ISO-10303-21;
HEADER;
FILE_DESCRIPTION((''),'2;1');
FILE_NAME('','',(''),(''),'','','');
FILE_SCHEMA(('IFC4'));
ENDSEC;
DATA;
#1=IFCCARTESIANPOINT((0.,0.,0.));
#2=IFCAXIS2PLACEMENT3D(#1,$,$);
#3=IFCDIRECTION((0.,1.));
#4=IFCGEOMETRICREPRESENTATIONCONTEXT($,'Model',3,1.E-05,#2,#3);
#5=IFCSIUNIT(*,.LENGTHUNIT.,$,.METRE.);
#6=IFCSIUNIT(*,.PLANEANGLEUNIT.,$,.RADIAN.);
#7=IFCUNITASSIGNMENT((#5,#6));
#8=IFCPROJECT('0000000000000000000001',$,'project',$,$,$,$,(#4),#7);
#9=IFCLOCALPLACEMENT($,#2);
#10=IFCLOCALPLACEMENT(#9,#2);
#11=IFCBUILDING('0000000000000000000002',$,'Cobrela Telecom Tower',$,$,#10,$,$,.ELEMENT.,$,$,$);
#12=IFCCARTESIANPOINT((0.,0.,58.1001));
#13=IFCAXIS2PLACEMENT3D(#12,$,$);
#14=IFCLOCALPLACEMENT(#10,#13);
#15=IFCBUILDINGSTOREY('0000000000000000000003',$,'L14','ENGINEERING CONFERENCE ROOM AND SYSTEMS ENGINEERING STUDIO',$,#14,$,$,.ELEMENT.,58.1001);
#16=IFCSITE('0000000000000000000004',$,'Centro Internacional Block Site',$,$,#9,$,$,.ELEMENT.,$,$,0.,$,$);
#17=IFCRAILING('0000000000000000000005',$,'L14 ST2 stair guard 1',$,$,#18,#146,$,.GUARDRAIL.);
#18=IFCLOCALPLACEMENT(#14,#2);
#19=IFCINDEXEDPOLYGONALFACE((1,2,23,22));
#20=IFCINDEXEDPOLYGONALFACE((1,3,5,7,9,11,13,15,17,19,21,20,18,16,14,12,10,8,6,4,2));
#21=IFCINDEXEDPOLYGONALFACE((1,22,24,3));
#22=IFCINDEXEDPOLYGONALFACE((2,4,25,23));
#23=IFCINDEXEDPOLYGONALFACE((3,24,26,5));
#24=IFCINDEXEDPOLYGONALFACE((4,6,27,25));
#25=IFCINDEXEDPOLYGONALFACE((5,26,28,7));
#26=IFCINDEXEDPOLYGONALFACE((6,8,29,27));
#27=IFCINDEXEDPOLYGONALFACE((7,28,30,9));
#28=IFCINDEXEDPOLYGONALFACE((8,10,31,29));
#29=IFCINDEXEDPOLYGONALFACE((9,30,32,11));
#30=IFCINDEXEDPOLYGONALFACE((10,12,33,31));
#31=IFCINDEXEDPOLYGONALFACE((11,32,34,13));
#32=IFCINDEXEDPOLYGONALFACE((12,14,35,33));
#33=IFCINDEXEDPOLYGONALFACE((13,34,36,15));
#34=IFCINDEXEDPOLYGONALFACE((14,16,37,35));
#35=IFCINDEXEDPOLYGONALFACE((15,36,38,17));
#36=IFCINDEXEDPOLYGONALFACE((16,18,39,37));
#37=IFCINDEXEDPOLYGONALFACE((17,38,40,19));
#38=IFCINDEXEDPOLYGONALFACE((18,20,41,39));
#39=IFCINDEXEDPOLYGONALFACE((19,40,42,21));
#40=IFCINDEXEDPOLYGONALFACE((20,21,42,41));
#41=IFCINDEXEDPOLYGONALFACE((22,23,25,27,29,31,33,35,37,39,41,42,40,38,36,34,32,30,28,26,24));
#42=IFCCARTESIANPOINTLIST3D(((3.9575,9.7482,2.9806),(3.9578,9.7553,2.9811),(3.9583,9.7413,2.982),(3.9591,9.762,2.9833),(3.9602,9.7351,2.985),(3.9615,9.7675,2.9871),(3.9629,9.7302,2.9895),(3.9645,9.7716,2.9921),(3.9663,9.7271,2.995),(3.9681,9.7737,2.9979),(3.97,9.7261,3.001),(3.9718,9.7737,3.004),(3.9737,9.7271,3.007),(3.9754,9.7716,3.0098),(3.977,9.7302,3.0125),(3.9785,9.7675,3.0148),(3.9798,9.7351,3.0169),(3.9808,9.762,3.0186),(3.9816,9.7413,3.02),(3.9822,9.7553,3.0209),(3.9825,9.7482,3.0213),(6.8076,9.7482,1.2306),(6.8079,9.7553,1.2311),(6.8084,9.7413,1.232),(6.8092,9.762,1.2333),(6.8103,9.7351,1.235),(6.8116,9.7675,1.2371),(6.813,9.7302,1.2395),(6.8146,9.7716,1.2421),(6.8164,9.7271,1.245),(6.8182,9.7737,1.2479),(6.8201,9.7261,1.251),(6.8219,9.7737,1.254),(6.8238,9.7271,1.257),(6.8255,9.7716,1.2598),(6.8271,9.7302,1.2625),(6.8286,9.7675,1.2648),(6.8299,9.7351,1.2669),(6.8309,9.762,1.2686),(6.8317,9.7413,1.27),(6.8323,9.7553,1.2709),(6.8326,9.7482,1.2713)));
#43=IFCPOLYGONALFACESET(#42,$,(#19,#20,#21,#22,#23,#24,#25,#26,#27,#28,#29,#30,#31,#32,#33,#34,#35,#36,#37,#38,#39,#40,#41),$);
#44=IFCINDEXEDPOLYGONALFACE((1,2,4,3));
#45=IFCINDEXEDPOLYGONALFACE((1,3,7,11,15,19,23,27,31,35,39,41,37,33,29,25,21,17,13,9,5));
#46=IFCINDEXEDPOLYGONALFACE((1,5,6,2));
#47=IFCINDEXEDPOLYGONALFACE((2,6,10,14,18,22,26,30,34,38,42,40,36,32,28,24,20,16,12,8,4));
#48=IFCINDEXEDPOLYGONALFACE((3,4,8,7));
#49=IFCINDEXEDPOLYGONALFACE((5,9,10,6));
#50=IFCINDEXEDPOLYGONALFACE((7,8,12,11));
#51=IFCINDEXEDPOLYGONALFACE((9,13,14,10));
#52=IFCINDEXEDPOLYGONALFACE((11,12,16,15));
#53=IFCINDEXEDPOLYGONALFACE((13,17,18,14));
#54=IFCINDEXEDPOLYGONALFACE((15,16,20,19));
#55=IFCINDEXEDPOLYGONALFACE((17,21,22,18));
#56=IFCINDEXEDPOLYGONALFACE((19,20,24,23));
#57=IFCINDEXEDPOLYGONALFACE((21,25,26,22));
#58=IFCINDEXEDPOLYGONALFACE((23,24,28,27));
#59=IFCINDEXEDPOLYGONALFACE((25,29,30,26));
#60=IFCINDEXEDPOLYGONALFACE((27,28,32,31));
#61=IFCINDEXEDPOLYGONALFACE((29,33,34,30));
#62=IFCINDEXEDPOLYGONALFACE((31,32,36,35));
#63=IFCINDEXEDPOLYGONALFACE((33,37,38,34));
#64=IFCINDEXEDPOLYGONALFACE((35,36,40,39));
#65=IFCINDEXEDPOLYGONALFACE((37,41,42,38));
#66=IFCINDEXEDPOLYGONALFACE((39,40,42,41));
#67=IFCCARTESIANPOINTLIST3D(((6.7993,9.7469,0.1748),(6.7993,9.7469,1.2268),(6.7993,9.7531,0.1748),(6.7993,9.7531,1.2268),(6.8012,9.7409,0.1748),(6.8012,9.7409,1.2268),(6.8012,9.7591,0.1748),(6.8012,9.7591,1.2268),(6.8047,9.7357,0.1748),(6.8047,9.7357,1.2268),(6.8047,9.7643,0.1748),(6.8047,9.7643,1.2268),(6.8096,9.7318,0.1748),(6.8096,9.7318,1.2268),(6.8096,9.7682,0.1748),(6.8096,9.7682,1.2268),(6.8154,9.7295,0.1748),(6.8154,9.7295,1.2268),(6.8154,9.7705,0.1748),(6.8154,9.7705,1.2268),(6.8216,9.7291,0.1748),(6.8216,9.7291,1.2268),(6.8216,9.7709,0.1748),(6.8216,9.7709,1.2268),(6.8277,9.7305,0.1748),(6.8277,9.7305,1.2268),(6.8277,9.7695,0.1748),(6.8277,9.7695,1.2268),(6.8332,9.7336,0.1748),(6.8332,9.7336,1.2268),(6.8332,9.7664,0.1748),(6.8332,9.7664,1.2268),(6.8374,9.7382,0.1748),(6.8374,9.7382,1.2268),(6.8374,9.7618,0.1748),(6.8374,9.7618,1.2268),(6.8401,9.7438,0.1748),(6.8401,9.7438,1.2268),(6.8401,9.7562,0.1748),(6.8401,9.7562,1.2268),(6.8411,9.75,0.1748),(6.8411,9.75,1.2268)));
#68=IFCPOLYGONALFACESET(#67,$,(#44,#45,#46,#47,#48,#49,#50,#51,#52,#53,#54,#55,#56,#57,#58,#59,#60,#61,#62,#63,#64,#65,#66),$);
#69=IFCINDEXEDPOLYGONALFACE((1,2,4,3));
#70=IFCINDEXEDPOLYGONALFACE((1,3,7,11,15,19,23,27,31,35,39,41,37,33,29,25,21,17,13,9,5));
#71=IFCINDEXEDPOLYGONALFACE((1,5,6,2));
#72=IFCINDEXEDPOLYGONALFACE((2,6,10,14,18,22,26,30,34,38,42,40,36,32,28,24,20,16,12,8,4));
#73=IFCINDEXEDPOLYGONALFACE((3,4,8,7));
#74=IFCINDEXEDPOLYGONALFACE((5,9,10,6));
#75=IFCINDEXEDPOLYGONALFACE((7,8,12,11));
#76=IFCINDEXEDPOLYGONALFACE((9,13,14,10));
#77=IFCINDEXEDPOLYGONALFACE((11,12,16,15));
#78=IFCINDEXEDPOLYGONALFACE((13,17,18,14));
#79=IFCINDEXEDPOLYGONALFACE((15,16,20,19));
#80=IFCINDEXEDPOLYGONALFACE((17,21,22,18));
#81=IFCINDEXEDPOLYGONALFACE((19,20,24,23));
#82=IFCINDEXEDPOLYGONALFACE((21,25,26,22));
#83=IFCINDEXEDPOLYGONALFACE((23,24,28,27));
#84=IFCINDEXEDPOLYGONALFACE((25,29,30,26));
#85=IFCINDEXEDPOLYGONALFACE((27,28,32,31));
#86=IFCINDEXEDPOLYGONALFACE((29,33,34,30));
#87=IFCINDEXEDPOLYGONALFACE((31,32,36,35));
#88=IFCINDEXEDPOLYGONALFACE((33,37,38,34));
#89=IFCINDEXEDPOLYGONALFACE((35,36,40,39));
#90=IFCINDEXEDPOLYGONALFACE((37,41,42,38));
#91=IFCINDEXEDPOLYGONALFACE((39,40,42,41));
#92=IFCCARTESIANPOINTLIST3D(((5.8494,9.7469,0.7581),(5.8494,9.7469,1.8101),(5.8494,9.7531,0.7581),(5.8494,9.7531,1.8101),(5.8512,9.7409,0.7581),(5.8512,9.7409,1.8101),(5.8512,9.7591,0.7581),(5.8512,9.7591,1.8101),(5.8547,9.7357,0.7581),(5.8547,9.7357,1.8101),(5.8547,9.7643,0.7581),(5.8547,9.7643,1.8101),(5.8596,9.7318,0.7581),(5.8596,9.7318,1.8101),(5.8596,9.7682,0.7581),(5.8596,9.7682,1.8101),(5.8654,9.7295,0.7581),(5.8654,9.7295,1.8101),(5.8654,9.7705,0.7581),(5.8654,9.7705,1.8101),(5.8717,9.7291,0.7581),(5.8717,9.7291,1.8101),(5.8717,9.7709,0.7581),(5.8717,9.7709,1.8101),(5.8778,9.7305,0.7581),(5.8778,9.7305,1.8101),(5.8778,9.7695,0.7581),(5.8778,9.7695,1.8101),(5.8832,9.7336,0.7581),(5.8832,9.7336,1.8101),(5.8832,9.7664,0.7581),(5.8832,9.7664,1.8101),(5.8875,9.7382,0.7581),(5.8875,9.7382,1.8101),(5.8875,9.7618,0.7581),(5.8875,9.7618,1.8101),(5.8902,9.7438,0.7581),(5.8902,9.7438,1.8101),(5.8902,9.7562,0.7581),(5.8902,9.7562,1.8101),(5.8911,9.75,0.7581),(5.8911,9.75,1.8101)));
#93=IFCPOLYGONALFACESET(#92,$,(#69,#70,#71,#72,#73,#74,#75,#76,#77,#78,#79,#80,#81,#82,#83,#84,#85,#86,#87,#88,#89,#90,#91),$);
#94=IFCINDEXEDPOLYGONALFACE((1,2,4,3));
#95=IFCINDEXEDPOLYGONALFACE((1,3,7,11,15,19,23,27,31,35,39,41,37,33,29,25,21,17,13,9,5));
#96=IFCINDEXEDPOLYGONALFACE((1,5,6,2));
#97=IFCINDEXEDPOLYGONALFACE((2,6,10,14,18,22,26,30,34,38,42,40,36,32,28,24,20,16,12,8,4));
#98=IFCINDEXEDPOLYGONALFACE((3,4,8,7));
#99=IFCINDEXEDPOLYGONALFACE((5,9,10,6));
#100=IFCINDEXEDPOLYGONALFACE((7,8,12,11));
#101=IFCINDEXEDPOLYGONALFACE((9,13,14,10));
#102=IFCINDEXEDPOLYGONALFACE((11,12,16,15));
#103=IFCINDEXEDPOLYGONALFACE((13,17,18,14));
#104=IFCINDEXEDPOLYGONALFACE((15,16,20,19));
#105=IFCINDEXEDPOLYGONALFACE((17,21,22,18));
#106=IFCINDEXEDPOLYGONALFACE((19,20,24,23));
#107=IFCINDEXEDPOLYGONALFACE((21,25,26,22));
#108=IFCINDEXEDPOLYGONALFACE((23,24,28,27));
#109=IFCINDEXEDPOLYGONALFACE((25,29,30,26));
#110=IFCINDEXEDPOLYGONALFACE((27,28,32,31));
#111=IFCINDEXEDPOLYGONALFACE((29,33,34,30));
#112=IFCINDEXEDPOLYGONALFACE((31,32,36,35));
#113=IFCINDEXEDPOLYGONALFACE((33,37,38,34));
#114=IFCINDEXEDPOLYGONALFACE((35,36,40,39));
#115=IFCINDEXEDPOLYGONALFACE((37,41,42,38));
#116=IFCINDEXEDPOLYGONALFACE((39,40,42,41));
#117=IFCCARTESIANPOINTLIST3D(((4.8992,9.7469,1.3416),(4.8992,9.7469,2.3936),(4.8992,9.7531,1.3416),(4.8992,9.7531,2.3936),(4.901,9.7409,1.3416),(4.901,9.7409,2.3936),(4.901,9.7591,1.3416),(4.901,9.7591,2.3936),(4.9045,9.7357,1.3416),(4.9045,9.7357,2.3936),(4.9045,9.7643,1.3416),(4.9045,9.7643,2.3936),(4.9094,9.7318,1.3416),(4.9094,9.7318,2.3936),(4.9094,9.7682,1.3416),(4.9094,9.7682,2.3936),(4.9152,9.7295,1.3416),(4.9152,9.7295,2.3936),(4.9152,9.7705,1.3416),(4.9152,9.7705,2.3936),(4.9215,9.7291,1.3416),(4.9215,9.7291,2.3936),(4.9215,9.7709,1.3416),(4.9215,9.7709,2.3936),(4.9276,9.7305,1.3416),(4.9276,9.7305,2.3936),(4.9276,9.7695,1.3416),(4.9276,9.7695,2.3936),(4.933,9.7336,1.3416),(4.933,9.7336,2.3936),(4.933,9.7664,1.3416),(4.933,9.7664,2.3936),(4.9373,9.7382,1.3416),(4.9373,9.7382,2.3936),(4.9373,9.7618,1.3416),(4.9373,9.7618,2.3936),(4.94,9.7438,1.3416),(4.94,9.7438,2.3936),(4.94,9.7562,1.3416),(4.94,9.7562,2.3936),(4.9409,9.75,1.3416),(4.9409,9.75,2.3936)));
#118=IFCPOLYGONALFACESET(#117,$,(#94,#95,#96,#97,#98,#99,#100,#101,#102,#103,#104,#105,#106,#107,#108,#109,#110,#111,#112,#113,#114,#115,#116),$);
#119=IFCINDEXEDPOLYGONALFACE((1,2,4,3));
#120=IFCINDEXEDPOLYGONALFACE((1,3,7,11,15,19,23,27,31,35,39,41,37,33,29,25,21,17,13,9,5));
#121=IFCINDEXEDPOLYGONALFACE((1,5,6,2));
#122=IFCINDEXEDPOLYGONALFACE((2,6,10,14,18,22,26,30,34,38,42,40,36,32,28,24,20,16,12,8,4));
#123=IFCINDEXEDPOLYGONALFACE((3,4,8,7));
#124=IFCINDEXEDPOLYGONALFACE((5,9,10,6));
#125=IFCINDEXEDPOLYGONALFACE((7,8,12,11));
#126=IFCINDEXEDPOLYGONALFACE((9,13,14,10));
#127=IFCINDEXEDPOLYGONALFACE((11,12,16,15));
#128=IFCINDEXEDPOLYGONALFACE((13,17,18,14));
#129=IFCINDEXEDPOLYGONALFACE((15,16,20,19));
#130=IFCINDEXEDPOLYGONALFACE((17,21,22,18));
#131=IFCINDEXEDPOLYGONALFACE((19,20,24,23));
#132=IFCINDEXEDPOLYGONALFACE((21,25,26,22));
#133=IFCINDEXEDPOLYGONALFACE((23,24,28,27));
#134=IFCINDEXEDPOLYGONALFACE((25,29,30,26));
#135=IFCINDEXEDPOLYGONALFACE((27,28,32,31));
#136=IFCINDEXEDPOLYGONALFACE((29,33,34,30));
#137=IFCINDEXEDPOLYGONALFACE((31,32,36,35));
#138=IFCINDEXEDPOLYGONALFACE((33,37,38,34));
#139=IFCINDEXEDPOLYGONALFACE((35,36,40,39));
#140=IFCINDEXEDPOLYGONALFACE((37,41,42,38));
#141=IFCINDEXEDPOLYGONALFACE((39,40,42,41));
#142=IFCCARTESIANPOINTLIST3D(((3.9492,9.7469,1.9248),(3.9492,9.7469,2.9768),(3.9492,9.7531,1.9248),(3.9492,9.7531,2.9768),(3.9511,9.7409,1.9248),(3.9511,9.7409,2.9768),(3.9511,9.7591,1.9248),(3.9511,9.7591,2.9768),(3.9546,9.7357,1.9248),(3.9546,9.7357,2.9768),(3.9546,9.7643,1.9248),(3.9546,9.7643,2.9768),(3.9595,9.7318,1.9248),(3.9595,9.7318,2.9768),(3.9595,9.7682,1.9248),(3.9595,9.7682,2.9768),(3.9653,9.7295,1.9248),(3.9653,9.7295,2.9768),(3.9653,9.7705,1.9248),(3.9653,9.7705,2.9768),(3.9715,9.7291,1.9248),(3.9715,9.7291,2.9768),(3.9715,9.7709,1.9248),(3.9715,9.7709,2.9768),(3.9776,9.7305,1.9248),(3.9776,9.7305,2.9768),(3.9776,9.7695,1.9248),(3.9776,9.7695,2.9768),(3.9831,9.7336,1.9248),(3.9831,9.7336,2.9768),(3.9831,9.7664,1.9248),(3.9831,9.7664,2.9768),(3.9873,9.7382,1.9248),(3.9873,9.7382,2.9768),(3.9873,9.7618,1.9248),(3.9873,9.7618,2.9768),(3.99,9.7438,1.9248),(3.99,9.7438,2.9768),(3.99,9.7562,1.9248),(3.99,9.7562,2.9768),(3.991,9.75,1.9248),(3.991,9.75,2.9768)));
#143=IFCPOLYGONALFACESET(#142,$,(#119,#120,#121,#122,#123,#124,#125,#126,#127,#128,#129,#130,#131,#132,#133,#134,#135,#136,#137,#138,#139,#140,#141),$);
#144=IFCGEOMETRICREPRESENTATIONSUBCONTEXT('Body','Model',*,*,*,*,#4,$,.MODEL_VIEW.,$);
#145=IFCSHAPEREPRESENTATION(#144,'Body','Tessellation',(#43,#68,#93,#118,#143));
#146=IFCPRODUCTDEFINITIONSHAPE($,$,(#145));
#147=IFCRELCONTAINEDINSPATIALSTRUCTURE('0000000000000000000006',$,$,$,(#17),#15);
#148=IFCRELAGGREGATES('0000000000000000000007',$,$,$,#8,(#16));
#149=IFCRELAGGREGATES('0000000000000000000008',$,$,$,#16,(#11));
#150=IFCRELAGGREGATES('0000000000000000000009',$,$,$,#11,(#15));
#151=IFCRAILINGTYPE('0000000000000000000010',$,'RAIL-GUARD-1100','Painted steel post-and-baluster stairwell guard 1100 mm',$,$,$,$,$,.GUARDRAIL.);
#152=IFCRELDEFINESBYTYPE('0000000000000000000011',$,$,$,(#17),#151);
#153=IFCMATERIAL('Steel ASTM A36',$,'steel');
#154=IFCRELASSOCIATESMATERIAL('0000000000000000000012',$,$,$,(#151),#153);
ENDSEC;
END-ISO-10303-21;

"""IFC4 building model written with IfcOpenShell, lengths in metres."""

from ifc_helpers import new_model, si_unit, direction, frame, origin, origin_2d, place, context, subcontext, project, spatial, circle, extrude, material, type_object, element, save


model = new_model("IFC4")

# Units and contexts
model_context = context("Model", 3, precision=1e-05, world=origin(), true_north=direction((0.0, 1.0)))
body_context = subcontext(model_context, "Body", "Model", "MODEL_VIEW")
ifc_project = project(units=[si_unit("LENGTHUNIT", "METRE"), si_unit("PLANEANGLEUNIT", "RADIAN")], contexts=[model_context])

# Site, building, storey
site_placement = place(None, origin())
site = spatial("IfcSite", under=ifc_project, at=site_placement, Name="Centro Internacional Block Site", CompositionType="ELEMENT", RefElevation=0.0)
building_placement = place(site_placement, origin())
building = spatial("IfcBuilding", under=site, at=building_placement, Name="Cobrela Telecom Tower", CompositionType="ELEMENT")
storey_placement = place(building_placement, frame((0.0, 0.0, 58.1001)))
storey = spatial("IfcBuildingStorey", under=building, at=storey_placement, Name="L14", Description="ENGINEERING CONFERENCE ROOM AND SYSTEMS ENGINEERING STUDIO", CompositionType="ELEMENT", Elevation=58.1001)

# Railing
ifc_material_1 = material(Name="Steel ASTM A36", Category="steel")
railing_type_1 = type_object("IfcRailingType", Name="RAIL-GUARD-1100", Description="Painted steel post-and-baluster stairwell guard 1100 mm", PredefinedType="GUARDRAIL", material=ifc_material_1)
railing_1_placement = place(storey_placement, frame((6.8201, 9.75, 0.1748)))
element("IfcRailing", 1, at=railing_1_placement, inside=storey, type_object=railing_type_1, Name="L14 ST2 stair guard 1", PredefinedType="GUARDRAIL", context=body_context, shape_type="SweptSolid", body=[
    extrude(circle(Radius=0.0239, at=origin_2d()), frame((0.0, 0.0, 1.0762), z_axis=(-0.852179, 0.0, 0.52325), x_axis=(0.0, -1.0, 0.0)), (0.0, 0.0, 1.0), 3.3445),
    extrude(circle(Radius=0.021, at=origin_2d()), origin(), (0.0, 0.0, 1.0), 1.052),
    extrude(circle(Radius=0.021, at=origin_2d()), frame((-0.95, 0.0, 0.5833)), (0.0, 0.0, 1.0), 1.052),
    extrude(circle(Radius=0.021, at=origin_2d()), frame((-1.9001, 0.0, 1.1667)), (0.0, 0.0, 1.0), 1.052),
    extrude(circle(Radius=0.021, at=origin_2d()), frame((-2.8501, 0.0, 1.75)), (0.0, 0.0, 1.0), 1.052),
])

save(model, "model.ifc")
